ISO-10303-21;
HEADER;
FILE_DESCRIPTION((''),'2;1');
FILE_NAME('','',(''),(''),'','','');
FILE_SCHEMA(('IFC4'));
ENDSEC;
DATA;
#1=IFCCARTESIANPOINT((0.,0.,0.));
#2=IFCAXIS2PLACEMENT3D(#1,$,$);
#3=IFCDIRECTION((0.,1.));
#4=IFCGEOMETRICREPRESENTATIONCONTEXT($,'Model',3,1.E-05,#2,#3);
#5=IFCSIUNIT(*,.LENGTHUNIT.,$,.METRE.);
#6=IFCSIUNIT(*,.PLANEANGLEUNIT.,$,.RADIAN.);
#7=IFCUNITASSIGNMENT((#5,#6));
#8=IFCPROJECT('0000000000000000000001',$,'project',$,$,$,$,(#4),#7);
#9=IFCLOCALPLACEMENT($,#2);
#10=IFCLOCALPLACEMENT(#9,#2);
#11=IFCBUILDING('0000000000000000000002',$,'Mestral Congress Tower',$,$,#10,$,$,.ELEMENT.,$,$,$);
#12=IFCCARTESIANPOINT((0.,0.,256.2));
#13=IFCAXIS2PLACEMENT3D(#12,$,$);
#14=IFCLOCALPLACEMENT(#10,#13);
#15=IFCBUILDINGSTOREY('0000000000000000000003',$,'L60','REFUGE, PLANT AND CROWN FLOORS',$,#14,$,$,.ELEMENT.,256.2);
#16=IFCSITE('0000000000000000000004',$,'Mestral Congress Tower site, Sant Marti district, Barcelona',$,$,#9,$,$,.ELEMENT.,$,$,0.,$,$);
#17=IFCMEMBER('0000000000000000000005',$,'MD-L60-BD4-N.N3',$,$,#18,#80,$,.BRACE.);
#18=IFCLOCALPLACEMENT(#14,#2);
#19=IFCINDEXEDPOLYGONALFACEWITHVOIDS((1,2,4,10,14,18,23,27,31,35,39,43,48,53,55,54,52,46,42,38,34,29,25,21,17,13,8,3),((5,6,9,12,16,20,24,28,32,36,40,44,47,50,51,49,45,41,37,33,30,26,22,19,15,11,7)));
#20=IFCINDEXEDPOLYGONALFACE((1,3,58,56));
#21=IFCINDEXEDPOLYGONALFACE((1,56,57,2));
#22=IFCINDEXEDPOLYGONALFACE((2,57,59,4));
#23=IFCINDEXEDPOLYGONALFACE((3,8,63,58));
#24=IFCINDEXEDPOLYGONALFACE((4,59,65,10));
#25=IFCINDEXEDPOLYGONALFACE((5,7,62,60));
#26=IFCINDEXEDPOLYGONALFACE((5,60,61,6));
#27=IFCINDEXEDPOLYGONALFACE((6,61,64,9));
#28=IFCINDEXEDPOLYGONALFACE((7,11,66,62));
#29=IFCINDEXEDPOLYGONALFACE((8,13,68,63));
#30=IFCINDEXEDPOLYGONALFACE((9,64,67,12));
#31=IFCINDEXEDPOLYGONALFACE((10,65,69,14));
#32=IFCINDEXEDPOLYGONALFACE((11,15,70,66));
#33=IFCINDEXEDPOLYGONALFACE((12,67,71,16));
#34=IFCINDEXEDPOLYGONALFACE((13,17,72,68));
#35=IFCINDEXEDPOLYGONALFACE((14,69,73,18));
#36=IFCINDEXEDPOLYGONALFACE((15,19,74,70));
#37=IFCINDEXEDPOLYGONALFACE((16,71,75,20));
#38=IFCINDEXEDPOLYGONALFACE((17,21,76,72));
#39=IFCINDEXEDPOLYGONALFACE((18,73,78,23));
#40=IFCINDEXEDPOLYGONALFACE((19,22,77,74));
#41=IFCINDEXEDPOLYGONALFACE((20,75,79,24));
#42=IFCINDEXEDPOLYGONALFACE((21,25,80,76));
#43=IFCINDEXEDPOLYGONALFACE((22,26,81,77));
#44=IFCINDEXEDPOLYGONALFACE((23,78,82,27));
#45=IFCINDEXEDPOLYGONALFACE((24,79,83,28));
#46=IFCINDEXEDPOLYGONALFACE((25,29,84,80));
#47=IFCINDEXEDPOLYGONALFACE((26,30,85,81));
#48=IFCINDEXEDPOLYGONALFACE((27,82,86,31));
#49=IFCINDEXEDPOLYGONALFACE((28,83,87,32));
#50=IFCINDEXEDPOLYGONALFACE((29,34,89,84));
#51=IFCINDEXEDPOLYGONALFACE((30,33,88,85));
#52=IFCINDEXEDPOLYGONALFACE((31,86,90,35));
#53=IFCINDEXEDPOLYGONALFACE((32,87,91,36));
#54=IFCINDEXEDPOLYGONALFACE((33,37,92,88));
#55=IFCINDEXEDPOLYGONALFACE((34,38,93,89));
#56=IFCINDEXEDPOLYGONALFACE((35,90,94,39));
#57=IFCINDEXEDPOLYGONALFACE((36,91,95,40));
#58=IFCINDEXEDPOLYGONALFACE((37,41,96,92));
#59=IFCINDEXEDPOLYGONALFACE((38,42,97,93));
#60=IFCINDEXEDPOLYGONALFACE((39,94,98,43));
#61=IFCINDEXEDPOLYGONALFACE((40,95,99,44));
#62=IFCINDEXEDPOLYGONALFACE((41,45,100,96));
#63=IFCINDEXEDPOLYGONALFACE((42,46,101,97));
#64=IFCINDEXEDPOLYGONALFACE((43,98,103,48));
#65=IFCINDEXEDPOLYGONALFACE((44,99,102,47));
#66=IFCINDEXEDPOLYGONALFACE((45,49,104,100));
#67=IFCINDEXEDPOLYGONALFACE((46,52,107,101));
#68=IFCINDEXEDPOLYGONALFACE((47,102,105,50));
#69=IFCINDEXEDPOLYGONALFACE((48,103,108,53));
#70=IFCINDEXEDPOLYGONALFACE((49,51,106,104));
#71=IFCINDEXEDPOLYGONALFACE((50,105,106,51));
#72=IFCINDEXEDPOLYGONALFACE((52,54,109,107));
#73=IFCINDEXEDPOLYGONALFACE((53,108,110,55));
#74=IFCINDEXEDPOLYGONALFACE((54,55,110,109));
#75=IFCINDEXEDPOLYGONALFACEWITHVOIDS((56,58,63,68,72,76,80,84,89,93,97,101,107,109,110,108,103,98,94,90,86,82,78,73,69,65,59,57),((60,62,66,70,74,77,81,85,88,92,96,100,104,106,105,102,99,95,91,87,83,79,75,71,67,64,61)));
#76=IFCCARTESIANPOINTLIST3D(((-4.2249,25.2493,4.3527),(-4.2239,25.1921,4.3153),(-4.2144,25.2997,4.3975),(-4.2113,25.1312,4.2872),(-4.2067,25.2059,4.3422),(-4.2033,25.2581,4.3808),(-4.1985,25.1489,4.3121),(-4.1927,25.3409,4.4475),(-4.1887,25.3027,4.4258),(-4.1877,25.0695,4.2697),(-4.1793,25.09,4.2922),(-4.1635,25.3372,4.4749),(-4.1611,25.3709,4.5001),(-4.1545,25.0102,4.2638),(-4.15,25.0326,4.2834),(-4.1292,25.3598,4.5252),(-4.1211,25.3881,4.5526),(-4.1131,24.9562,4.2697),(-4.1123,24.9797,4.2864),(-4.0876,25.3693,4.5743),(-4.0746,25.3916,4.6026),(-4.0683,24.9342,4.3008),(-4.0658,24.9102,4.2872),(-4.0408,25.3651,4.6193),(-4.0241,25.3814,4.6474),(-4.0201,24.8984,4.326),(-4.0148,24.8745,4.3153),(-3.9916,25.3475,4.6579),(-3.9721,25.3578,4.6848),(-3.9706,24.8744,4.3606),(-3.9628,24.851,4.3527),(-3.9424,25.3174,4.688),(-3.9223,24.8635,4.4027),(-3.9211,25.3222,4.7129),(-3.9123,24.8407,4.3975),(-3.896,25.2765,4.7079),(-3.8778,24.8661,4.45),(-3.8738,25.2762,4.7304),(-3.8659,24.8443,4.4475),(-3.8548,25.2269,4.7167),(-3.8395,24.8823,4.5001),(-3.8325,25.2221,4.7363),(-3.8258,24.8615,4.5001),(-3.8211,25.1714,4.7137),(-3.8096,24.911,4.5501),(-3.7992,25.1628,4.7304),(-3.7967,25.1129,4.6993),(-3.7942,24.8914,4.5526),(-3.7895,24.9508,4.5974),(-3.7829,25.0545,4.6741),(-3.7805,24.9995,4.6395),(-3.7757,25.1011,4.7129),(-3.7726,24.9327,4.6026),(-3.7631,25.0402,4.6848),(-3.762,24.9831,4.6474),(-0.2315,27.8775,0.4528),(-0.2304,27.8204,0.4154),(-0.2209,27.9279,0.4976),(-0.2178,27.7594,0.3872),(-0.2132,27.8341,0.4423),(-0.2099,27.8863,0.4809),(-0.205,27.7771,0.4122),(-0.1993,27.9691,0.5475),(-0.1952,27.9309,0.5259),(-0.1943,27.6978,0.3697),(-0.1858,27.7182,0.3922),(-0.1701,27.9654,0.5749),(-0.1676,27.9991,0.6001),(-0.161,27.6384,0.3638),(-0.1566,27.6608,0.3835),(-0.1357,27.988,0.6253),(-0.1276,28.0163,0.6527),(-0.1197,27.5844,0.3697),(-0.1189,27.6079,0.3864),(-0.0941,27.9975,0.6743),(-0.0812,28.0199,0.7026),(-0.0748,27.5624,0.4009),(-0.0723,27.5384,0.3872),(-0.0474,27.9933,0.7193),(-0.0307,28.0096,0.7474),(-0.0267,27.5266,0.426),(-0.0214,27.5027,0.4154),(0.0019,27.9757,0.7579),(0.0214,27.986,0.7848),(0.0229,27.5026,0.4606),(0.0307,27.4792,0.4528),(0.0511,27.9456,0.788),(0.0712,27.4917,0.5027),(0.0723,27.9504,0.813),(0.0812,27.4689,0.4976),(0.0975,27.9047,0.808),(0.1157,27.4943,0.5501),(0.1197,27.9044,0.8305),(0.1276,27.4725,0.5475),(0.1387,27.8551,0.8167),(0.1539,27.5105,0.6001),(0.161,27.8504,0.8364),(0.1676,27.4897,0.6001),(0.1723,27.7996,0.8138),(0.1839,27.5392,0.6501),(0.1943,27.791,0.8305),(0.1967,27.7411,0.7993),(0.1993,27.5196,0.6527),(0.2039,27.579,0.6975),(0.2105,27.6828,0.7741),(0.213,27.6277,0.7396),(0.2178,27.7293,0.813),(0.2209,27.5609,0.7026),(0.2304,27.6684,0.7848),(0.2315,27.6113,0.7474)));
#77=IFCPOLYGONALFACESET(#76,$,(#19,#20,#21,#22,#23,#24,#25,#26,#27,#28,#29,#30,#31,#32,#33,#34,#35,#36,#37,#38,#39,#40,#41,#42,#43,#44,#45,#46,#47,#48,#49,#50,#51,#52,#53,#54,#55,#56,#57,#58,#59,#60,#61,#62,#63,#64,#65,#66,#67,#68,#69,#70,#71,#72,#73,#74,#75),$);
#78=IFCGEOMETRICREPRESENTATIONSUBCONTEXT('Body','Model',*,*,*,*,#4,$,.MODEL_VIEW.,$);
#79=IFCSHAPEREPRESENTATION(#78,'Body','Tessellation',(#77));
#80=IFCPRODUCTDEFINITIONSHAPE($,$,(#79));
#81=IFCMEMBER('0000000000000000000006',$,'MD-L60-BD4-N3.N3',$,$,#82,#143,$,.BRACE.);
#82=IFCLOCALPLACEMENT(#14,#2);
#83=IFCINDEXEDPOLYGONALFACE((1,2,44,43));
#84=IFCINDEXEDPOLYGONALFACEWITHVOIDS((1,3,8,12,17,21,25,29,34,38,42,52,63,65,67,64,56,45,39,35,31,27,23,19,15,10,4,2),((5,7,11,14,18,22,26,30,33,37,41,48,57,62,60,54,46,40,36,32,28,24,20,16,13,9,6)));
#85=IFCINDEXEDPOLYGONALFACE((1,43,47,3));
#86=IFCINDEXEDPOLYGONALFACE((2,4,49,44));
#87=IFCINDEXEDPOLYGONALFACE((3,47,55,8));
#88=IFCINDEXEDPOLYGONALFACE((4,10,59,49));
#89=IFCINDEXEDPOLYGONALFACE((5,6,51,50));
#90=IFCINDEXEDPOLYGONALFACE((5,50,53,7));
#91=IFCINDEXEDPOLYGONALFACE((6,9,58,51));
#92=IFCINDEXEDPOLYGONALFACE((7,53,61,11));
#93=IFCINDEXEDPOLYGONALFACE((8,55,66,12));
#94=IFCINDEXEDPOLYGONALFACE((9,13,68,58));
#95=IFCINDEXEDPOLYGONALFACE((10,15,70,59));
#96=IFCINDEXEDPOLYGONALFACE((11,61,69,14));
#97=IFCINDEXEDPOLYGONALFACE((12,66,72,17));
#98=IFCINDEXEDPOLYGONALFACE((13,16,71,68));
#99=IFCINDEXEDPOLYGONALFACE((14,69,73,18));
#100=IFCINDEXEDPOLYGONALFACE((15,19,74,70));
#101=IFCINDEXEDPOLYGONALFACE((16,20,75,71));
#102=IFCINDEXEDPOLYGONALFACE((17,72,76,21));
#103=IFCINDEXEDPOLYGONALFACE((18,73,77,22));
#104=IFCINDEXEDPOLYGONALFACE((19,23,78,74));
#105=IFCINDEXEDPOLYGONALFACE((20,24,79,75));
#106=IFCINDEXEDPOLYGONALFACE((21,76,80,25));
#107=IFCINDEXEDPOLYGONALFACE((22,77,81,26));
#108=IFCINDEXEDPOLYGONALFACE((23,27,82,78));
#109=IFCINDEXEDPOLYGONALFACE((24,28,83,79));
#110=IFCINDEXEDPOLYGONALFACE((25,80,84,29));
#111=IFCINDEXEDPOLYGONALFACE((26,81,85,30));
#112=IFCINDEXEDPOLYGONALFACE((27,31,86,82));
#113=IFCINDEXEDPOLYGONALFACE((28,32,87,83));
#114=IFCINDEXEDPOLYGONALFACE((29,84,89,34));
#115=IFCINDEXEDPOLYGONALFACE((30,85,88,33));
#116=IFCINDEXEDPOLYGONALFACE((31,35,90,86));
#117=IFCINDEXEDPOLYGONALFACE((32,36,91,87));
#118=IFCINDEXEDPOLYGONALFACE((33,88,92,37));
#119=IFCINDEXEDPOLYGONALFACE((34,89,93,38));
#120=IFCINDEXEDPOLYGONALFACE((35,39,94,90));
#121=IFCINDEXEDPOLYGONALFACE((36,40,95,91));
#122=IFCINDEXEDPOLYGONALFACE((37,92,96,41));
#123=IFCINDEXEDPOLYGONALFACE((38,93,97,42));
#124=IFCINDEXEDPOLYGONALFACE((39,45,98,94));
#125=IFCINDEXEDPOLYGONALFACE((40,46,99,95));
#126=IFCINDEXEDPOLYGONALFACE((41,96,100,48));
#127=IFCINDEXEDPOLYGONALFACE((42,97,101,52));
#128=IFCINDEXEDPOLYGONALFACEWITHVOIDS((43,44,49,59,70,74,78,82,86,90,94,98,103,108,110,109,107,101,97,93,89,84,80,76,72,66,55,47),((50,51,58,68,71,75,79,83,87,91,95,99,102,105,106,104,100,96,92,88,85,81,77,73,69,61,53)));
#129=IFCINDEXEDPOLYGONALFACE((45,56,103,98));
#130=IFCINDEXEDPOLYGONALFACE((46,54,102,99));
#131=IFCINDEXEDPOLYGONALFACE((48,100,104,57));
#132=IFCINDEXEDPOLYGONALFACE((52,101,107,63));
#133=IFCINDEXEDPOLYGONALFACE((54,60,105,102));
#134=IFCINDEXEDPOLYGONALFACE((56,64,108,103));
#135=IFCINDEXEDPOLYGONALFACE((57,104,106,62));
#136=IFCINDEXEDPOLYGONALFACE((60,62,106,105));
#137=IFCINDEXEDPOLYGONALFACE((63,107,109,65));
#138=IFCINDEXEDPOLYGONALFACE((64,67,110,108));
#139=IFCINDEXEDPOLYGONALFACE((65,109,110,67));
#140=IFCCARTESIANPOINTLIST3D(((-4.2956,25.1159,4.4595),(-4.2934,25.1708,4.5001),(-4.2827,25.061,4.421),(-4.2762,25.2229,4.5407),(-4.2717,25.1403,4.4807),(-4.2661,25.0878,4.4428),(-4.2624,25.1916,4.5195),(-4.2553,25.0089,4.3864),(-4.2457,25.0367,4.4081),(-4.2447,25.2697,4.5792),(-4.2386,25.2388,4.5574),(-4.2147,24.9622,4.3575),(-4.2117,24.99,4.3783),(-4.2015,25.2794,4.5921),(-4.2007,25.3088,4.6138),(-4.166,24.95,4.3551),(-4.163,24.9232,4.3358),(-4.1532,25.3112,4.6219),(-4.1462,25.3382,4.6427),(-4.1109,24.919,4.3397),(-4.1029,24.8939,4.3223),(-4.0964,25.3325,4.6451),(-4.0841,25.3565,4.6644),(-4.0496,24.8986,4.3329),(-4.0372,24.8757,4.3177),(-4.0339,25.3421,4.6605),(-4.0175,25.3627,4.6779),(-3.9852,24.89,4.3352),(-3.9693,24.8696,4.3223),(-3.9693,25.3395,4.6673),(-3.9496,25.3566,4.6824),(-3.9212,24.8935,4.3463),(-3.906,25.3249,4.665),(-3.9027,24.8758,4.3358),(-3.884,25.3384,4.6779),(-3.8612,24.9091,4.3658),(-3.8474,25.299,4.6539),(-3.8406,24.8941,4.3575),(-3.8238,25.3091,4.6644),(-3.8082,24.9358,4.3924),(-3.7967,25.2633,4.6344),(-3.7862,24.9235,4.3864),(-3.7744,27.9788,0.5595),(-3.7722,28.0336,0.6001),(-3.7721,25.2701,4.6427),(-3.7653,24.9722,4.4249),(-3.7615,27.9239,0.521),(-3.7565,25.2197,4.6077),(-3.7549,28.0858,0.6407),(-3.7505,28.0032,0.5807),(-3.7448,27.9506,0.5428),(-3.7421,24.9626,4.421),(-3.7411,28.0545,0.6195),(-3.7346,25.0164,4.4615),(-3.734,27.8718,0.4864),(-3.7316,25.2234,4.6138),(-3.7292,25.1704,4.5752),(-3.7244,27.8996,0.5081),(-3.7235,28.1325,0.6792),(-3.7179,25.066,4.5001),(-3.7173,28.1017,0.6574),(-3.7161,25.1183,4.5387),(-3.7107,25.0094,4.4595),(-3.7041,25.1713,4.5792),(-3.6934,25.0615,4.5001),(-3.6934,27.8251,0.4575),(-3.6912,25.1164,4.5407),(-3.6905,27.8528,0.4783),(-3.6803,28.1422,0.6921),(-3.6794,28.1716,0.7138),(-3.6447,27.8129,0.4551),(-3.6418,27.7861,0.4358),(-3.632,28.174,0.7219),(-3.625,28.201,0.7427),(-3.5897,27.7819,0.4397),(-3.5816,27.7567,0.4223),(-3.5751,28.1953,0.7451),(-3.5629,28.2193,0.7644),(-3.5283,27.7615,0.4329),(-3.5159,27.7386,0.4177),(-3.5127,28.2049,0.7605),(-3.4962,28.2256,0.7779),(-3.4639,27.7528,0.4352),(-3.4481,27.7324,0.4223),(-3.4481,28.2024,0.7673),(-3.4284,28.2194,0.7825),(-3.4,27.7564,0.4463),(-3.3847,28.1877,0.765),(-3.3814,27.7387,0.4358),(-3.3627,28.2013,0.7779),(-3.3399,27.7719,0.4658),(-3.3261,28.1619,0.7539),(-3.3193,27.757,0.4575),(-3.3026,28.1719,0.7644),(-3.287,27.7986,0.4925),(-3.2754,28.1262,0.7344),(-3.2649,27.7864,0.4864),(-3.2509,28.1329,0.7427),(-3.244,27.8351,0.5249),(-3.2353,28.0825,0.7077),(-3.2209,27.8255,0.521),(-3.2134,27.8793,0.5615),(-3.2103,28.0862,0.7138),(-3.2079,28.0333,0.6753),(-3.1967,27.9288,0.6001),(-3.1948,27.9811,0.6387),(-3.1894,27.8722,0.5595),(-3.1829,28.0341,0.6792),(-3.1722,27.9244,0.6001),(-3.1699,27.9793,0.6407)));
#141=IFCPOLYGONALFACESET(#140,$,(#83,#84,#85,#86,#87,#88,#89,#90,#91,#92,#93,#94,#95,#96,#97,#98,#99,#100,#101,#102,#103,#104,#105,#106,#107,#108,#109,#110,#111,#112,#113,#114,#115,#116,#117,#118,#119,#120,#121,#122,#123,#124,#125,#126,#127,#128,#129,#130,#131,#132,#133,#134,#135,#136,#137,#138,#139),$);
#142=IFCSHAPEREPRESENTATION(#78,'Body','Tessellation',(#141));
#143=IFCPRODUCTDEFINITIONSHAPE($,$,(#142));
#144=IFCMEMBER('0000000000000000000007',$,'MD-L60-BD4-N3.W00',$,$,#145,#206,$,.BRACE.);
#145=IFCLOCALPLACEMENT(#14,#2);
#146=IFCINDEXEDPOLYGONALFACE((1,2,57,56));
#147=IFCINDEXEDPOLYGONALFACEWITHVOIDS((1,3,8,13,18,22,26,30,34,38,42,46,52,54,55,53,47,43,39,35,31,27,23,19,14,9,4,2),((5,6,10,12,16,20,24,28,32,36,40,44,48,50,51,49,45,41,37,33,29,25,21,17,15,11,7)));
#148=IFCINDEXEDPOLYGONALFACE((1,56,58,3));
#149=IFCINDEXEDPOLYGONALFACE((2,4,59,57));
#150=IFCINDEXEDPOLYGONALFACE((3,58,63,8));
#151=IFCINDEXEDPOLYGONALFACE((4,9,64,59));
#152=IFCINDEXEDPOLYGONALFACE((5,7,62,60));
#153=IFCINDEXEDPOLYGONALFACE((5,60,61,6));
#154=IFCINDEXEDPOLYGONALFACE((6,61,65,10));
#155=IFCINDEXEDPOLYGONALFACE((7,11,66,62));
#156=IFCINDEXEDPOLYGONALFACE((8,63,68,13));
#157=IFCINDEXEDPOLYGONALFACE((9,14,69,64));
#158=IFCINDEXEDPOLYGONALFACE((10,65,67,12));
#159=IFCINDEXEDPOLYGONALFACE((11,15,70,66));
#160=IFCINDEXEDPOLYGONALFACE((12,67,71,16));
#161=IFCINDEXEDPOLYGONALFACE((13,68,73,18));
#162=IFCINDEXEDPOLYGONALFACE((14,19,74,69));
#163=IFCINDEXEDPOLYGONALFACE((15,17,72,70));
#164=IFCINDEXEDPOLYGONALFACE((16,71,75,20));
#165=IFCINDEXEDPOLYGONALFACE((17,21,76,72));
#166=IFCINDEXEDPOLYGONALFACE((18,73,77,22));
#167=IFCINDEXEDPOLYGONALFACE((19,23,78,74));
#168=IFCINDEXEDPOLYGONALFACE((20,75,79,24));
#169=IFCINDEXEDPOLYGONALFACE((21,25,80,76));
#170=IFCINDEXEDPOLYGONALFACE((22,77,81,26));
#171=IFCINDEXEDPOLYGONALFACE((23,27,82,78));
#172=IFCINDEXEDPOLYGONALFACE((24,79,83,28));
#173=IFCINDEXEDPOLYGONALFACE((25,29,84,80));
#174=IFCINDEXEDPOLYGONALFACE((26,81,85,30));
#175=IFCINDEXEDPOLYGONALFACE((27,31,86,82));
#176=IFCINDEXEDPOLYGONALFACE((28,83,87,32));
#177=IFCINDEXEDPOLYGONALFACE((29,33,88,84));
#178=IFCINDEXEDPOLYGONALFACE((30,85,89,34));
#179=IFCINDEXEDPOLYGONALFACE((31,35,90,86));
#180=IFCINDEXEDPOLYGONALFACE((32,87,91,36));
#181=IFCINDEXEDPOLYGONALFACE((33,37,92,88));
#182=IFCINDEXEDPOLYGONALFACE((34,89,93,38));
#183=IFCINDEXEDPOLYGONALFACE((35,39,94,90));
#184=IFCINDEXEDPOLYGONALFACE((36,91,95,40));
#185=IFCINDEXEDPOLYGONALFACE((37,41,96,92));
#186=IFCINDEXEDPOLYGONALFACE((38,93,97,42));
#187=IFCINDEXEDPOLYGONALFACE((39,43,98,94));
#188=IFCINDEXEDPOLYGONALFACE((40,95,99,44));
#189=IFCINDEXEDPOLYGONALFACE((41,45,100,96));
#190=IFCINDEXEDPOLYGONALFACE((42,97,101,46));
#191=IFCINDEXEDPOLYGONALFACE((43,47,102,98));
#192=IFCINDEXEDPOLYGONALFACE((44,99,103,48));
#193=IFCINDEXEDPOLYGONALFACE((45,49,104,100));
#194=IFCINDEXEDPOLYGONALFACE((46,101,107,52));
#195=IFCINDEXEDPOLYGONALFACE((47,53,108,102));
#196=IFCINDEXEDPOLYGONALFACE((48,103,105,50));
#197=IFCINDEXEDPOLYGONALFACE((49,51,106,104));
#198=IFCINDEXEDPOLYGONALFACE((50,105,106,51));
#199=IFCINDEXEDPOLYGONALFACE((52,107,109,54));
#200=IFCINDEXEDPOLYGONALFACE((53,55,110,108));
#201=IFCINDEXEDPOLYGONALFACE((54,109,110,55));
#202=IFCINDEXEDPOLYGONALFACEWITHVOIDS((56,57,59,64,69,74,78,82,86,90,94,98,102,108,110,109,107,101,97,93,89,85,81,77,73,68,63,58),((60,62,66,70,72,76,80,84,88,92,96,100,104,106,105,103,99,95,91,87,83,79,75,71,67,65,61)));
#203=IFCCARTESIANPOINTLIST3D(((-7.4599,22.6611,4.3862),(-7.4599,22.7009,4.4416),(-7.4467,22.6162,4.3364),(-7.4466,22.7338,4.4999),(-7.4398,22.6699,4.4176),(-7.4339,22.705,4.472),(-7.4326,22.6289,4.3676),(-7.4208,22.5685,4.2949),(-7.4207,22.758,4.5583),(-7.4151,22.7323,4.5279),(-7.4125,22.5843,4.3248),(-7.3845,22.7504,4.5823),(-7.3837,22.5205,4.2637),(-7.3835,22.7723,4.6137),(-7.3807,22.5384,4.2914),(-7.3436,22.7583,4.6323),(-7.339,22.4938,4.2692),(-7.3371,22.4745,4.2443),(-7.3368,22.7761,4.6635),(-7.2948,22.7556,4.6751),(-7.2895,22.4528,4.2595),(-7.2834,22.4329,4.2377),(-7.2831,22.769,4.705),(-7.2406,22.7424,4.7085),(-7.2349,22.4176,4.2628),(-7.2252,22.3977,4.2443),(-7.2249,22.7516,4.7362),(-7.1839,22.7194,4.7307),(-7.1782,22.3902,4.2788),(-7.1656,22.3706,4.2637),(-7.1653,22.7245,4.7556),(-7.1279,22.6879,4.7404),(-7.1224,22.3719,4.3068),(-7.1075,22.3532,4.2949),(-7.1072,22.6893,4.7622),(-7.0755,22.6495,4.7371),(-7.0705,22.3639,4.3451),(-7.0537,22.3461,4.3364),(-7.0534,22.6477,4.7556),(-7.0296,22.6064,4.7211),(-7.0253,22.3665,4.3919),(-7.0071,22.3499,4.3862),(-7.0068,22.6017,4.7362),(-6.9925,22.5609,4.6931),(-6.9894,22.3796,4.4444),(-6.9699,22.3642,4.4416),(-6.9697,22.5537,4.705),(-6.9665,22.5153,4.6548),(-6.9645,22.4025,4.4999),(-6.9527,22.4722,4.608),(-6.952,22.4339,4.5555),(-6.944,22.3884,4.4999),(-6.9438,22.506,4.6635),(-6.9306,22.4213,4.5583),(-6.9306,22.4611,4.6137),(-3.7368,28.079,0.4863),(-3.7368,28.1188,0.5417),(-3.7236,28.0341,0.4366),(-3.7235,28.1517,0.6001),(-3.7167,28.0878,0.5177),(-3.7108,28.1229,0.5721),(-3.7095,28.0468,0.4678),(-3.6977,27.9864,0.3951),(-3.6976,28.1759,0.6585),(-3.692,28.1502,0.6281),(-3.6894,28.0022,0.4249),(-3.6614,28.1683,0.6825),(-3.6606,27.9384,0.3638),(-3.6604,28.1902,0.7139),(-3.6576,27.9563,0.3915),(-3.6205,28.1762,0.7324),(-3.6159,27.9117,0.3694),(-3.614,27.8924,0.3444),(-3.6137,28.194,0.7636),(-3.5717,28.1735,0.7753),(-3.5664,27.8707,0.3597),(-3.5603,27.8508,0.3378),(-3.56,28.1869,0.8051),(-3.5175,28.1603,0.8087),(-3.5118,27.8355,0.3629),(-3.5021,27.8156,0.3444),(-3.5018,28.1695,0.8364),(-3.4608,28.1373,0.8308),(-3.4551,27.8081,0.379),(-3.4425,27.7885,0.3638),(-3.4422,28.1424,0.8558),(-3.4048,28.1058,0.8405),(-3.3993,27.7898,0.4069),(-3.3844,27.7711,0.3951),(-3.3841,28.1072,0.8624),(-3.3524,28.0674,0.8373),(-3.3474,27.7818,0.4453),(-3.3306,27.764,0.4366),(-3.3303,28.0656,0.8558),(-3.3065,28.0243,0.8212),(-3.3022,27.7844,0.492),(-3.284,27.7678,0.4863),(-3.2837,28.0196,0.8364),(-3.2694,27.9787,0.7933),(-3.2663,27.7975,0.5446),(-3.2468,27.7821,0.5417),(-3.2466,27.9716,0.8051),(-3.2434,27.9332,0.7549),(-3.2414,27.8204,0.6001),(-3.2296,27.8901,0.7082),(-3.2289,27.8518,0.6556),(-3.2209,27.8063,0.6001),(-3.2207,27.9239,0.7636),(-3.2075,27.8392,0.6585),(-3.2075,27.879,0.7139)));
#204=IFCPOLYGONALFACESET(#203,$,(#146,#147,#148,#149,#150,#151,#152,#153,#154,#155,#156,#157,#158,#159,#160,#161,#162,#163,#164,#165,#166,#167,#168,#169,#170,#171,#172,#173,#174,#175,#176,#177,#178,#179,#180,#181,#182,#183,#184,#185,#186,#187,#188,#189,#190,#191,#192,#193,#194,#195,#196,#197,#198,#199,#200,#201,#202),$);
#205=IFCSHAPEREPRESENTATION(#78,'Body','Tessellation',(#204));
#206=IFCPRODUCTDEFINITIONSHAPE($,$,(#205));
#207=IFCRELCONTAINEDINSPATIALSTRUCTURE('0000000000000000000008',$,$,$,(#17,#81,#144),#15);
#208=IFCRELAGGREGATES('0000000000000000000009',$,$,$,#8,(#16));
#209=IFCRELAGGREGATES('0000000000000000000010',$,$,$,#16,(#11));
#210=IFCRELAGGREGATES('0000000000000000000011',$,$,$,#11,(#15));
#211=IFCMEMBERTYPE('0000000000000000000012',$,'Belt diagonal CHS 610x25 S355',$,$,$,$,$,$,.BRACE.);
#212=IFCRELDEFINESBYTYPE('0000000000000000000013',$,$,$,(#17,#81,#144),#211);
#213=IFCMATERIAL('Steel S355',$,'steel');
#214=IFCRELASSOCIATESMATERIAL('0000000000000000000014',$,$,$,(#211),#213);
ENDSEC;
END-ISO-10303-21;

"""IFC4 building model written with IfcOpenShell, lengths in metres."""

from ifc_helpers import new_model, si_unit, direction, frame, origin, origin_2d, place, context, subcontext, project, spatial, hollow_circle, extrude, material, material_profile, profile_set, type_object, element, save


model = new_model("IFC4")

# Units and contexts
model_context = context("Model", 3, precision=1e-05, world=origin(), true_north=direction((0.0, 1.0)))
body_context = subcontext(model_context, "Body", "Model", "MODEL_VIEW")
ifc_project = project(units=[si_unit("LENGTHUNIT", "METRE"), si_unit("PLANEANGLEUNIT", "RADIAN")], contexts=[model_context])

# Site, building, storey
site_placement = place(None, origin())
site = spatial("IfcSite", under=ifc_project, at=site_placement, Name="Mestral Congress Tower site, Sant Marti district, Barcelona", CompositionType="ELEMENT", RefElevation=0.0)
building_placement = place(site_placement, origin())
building = spatial("IfcBuilding", under=site, at=building_placement, Name="Mestral Congress Tower", CompositionType="ELEMENT")
storey_placement = place(building_placement, frame((0.0, 0.0, 256.2)))
storey = spatial("IfcBuildingStorey", under=building, at=storey_placement, Name="L60", Description="REFUGE, PLANT AND CROWN FLOORS", CompositionType="ELEMENT", Elevation=256.2)

# Members
ifc_material_1 = material(Name="Steel S355", Category="steel")
ifc_material_profile_1 = material_profile(ifc_material_1, hollow_circle(Radius=0.3049, WallThickness=0.0249, at=origin_2d()), Name="CHS 610x25")
ifc_profile_set_1 = profile_set([ifc_material_profile_1], Name="Steel S355")
member_type_1 = type_object("IfcMemberType", Name="Belt diagonal CHS 610x25 S355", PredefinedType="BRACE", material=ifc_profile_set_1)
member_1_placement = place(storey_placement, frame((0.0, 27.7444, 0.6001), z_axis=(-0.647273, -0.425988, 0.632117), x_axis=(0.549752, -0.835328, 0.0)))
element("IfcMember", 1, at=member_1_placement, inside=storey, type_object=member_type_1, Name="MD-L60-BD4-N.N3", PredefinedType="BRACE", context=body_context, shape_type="SweptSolid", body=[
    extrude(hollow_circle(Radius=0.3049, WallThickness=0.0249, at=origin_2d()), origin(), (0.0, 0.0, 1.0), 6.1697),
])
member_2_placement = place(storey_placement, frame((-3.4722, 27.979, 0.6001), z_axis=(-0.107122, -0.588344, 0.801484), x_axis=(0.983826, -0.179129, 0.0)))
element("IfcMember", 2, at=member_2_placement, inside=storey, type_object=member_type_1, Name="MD-L60-BD4-N3.N3", PredefinedType="BRACE", context=body_context, shape_type="SweptSolid", body=[
    extrude(hollow_circle(Radius=0.3049, WallThickness=0.0249, at=origin_2d()), origin(), (0.0, 0.0, 1.0), 4.866),
])
member_3_placement = place(storey_placement, frame((-3.4722, 27.979, 0.6001), z_axis=(-0.48709, -0.708819, 0.510214), x_axis=(0.824163, -0.566352, 0.0)))
element("IfcMember", 3, at=member_3_placement, inside=storey, type_object=member_type_1, Name="MD-L60-BD4-N3.W00", PredefinedType="BRACE", context=body_context, shape_type="SweptSolid", body=[
    extrude(hollow_circle(Radius=0.3049, WallThickness=0.0249, at=origin_2d()), origin(), (0.0, 0.0, 1.0), 7.6436),
])

save(model, "model.ifc")
